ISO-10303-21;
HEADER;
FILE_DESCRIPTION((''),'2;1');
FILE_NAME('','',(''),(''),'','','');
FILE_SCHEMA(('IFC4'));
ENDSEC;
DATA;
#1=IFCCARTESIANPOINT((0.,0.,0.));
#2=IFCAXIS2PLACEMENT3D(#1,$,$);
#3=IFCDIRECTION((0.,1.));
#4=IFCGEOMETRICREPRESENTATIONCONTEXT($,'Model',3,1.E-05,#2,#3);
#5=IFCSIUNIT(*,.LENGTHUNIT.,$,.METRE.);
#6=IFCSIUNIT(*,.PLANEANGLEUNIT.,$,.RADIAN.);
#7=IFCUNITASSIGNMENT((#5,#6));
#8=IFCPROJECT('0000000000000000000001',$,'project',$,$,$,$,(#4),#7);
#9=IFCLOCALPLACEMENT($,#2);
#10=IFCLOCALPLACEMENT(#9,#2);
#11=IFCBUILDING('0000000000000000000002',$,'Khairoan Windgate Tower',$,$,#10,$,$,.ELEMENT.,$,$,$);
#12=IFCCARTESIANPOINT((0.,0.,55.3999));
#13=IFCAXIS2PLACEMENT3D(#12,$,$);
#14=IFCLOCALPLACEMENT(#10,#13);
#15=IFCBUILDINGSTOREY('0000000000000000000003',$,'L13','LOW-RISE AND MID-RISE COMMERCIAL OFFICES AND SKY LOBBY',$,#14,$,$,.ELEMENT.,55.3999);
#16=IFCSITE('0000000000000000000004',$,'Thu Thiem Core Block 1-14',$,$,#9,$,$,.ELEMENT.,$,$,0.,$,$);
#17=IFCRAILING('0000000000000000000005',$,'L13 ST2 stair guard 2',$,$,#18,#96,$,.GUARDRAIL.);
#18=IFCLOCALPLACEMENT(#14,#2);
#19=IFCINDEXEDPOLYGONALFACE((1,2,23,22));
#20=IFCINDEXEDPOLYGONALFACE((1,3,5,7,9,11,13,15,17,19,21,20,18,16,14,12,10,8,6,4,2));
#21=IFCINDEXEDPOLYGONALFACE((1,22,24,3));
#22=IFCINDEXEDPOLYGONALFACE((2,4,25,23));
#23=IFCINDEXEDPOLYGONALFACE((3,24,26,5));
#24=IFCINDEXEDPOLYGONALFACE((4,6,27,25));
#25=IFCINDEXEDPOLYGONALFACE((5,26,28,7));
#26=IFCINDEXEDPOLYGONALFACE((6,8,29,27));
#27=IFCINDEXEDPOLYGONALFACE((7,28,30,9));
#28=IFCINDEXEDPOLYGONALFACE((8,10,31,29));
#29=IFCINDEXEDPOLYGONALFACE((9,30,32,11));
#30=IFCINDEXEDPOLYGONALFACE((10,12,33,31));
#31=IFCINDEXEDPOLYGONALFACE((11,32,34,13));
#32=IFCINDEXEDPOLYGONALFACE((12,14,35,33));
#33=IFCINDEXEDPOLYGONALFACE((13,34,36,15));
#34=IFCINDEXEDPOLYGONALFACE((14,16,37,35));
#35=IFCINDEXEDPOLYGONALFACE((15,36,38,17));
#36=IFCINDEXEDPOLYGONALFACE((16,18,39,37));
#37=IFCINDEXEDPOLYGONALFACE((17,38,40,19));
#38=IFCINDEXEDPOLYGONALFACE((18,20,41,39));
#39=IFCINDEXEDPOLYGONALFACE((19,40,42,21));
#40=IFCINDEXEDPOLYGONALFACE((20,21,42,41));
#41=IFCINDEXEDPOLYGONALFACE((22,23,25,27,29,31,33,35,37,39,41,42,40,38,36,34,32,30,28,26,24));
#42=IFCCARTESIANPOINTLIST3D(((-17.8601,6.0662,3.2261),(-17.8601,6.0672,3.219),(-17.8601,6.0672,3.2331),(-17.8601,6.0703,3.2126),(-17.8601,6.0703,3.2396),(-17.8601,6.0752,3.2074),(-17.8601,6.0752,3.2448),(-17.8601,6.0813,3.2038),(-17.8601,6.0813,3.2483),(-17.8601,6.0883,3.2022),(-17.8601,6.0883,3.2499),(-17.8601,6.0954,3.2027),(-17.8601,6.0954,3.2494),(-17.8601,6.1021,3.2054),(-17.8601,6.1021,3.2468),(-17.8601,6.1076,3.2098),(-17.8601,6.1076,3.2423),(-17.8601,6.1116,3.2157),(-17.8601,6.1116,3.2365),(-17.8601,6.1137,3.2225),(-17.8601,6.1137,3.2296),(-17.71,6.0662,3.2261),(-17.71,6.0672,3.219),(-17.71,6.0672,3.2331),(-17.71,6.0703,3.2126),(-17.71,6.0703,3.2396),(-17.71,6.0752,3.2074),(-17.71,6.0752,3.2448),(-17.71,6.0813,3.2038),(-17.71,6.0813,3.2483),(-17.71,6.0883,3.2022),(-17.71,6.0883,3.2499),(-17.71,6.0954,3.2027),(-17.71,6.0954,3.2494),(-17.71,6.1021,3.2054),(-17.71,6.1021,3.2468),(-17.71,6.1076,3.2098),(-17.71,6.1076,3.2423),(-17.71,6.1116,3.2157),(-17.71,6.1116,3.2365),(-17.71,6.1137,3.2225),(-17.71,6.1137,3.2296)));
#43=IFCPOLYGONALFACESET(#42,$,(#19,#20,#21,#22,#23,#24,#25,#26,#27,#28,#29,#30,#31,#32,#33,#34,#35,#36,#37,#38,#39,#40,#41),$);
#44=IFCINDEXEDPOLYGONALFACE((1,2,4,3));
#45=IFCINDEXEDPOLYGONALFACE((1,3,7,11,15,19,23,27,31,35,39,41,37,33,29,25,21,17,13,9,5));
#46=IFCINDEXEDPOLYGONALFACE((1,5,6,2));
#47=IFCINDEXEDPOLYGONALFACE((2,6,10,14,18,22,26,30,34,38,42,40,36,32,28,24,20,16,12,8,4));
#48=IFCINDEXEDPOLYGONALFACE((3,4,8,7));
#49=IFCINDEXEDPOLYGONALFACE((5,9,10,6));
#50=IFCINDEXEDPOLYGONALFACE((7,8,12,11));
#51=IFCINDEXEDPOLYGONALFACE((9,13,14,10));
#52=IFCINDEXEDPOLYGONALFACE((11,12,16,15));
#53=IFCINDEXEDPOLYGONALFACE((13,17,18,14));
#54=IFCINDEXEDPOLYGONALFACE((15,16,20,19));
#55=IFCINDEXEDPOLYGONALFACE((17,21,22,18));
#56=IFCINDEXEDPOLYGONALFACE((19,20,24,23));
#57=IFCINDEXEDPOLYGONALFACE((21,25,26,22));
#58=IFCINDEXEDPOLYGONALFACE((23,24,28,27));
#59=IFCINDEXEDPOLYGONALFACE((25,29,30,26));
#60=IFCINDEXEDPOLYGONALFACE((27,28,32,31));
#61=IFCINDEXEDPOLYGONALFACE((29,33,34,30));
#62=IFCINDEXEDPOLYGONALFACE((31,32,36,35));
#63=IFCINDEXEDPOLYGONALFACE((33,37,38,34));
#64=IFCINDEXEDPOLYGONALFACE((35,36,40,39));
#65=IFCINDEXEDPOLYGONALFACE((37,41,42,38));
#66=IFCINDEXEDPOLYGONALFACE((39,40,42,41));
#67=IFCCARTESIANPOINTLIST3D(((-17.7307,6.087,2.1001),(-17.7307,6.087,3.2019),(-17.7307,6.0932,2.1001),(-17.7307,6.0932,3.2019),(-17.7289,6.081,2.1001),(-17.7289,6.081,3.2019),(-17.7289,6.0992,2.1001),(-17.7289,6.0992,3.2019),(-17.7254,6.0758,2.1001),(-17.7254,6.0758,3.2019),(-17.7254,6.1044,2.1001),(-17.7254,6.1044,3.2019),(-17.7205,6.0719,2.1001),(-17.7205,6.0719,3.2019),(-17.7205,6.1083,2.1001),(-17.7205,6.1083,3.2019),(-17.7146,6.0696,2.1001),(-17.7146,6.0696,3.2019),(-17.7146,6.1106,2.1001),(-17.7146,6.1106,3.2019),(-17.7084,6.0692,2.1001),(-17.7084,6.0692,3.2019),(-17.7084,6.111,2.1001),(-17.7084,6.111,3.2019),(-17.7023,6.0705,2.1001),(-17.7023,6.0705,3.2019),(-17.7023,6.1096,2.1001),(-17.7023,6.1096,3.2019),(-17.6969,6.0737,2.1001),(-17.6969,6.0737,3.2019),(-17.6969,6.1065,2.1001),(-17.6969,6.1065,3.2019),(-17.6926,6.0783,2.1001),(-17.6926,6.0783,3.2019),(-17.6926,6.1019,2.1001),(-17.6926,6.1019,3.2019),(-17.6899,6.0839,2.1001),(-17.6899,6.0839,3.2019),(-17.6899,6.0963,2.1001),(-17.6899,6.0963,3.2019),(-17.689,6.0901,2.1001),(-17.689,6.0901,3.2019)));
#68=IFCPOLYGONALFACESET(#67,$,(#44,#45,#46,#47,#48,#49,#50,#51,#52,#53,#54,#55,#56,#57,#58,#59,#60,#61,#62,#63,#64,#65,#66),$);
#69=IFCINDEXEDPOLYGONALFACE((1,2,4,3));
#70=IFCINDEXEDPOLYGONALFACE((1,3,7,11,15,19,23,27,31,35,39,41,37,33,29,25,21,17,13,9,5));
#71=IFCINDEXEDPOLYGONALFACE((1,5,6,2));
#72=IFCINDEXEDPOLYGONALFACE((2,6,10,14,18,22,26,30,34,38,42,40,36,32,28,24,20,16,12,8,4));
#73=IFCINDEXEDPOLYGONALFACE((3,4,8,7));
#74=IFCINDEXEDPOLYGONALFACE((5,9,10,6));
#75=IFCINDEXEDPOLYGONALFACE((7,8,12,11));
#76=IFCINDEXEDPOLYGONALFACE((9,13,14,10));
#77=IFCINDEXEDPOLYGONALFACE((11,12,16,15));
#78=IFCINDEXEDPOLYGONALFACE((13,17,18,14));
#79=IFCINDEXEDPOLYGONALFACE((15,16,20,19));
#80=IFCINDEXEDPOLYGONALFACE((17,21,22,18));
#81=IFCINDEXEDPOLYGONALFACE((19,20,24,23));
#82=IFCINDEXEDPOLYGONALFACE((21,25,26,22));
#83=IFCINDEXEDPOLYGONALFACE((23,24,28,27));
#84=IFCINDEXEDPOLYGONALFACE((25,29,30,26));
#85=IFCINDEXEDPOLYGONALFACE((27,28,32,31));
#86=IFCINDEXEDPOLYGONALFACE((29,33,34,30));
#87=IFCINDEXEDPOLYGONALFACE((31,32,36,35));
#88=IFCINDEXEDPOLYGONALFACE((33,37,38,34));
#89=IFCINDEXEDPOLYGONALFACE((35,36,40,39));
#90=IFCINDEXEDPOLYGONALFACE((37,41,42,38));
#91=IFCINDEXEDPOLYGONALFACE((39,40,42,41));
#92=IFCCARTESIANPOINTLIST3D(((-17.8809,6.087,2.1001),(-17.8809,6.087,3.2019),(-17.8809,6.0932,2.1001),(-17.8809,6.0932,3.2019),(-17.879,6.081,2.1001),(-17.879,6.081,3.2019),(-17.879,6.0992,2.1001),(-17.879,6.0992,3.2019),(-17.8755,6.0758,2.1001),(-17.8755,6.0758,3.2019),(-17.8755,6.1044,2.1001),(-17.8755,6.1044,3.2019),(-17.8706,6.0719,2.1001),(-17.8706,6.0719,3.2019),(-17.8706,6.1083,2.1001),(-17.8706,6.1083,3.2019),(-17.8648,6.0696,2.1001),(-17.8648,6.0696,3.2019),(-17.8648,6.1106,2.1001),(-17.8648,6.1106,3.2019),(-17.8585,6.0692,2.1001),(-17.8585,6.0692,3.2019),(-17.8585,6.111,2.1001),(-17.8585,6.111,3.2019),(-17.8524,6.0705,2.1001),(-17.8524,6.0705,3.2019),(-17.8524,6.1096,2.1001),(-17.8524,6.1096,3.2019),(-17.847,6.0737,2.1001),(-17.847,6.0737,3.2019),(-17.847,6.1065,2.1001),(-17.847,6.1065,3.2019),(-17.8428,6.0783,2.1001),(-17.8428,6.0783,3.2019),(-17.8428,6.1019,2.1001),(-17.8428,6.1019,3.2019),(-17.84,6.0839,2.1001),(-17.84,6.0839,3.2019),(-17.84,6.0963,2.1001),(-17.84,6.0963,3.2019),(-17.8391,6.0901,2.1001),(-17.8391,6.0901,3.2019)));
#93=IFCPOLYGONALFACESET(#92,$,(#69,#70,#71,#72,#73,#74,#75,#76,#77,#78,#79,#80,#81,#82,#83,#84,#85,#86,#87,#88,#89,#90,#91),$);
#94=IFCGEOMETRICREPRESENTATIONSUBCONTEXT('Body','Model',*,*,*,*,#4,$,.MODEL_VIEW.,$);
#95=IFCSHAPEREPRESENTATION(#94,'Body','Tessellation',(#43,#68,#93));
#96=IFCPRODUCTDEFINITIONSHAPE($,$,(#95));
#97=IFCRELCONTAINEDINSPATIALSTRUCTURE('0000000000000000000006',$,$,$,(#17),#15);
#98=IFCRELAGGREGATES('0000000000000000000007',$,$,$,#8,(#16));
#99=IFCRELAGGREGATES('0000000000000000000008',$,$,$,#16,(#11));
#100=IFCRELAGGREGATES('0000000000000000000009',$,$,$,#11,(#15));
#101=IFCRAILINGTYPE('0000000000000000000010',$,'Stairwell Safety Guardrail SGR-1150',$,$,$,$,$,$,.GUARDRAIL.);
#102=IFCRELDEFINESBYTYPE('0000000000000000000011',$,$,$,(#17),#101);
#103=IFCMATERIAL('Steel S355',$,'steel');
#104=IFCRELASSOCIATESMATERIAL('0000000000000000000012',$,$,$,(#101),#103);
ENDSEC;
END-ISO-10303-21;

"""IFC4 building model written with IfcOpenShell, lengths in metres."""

from ifc_helpers import new_model, si_unit, direction, frame, origin, origin_2d, place, context, subcontext, project, spatial, circle, extrude, material, type_object, element, save


model = new_model("IFC4")

# Units and contexts
model_context = context("Model", 3, precision=1e-05, world=origin(), true_north=direction((0.0, 1.0)))
body_context = subcontext(model_context, "Body", "Model", "MODEL_VIEW")
ifc_project = project(units=[si_unit("LENGTHUNIT", "METRE"), si_unit("PLANEANGLEUNIT", "RADIAN")], contexts=[model_context])

# Site, building, storey
site_placement = place(None, origin())
site = spatial("IfcSite", under=ifc_project, at=site_placement, Name="Thu Thiem Core Block 1-14", CompositionType="ELEMENT", RefElevation=0.0)
building_placement = place(site_placement, origin())
building = spatial("IfcBuilding", under=site, at=building_placement, Name="Khairoan Windgate Tower", CompositionType="ELEMENT")
storey_placement = place(building_placement, frame((0.0, 0.0, 55.3999)))
storey = spatial("IfcBuildingStorey", under=building, at=storey_placement, Name="L13", Description="LOW-RISE AND MID-RISE COMMERCIAL OFFICES AND SKY LOBBY", CompositionType="ELEMENT", Elevation=55.3999)

# Railing
ifc_material_1 = material(Name="Steel S355", Category="steel")
railing_type_1 = type_object("IfcRailingType", Name="Stairwell Safety Guardrail SGR-1150", PredefinedType="GUARDRAIL", material=ifc_material_1)
railing_1_placement = place(storey_placement, frame((-17.71, 6.0901, 2.1001)))
element("IfcRailing", 1, at=railing_1_placement, inside=storey, type_object=railing_type_1, Name="L13 ST2 stair guard 2", PredefinedType="GUARDRAIL", context=body_context, shape_type="SweptSolid", body=[
    extrude(circle(Radius=0.0239, at=origin_2d()), frame((0.0, 0.0, 1.126), z_axis=(-1.0, 0.0, 0.0), x_axis=(0.0, -1.0, 0.0)), (0.0, 0.0, 1.0), 0.1501),
    extrude(circle(Radius=0.021, at=origin_2d()), origin(), (0.0, 0.0, 1.0), 1.1018),
    extrude(circle(Radius=0.021, at=origin_2d()), frame((-0.1501, 0.0, 0.0)), (0.0, 0.0, 1.0), 1.1018),
])

save(model, "model.ifc")
